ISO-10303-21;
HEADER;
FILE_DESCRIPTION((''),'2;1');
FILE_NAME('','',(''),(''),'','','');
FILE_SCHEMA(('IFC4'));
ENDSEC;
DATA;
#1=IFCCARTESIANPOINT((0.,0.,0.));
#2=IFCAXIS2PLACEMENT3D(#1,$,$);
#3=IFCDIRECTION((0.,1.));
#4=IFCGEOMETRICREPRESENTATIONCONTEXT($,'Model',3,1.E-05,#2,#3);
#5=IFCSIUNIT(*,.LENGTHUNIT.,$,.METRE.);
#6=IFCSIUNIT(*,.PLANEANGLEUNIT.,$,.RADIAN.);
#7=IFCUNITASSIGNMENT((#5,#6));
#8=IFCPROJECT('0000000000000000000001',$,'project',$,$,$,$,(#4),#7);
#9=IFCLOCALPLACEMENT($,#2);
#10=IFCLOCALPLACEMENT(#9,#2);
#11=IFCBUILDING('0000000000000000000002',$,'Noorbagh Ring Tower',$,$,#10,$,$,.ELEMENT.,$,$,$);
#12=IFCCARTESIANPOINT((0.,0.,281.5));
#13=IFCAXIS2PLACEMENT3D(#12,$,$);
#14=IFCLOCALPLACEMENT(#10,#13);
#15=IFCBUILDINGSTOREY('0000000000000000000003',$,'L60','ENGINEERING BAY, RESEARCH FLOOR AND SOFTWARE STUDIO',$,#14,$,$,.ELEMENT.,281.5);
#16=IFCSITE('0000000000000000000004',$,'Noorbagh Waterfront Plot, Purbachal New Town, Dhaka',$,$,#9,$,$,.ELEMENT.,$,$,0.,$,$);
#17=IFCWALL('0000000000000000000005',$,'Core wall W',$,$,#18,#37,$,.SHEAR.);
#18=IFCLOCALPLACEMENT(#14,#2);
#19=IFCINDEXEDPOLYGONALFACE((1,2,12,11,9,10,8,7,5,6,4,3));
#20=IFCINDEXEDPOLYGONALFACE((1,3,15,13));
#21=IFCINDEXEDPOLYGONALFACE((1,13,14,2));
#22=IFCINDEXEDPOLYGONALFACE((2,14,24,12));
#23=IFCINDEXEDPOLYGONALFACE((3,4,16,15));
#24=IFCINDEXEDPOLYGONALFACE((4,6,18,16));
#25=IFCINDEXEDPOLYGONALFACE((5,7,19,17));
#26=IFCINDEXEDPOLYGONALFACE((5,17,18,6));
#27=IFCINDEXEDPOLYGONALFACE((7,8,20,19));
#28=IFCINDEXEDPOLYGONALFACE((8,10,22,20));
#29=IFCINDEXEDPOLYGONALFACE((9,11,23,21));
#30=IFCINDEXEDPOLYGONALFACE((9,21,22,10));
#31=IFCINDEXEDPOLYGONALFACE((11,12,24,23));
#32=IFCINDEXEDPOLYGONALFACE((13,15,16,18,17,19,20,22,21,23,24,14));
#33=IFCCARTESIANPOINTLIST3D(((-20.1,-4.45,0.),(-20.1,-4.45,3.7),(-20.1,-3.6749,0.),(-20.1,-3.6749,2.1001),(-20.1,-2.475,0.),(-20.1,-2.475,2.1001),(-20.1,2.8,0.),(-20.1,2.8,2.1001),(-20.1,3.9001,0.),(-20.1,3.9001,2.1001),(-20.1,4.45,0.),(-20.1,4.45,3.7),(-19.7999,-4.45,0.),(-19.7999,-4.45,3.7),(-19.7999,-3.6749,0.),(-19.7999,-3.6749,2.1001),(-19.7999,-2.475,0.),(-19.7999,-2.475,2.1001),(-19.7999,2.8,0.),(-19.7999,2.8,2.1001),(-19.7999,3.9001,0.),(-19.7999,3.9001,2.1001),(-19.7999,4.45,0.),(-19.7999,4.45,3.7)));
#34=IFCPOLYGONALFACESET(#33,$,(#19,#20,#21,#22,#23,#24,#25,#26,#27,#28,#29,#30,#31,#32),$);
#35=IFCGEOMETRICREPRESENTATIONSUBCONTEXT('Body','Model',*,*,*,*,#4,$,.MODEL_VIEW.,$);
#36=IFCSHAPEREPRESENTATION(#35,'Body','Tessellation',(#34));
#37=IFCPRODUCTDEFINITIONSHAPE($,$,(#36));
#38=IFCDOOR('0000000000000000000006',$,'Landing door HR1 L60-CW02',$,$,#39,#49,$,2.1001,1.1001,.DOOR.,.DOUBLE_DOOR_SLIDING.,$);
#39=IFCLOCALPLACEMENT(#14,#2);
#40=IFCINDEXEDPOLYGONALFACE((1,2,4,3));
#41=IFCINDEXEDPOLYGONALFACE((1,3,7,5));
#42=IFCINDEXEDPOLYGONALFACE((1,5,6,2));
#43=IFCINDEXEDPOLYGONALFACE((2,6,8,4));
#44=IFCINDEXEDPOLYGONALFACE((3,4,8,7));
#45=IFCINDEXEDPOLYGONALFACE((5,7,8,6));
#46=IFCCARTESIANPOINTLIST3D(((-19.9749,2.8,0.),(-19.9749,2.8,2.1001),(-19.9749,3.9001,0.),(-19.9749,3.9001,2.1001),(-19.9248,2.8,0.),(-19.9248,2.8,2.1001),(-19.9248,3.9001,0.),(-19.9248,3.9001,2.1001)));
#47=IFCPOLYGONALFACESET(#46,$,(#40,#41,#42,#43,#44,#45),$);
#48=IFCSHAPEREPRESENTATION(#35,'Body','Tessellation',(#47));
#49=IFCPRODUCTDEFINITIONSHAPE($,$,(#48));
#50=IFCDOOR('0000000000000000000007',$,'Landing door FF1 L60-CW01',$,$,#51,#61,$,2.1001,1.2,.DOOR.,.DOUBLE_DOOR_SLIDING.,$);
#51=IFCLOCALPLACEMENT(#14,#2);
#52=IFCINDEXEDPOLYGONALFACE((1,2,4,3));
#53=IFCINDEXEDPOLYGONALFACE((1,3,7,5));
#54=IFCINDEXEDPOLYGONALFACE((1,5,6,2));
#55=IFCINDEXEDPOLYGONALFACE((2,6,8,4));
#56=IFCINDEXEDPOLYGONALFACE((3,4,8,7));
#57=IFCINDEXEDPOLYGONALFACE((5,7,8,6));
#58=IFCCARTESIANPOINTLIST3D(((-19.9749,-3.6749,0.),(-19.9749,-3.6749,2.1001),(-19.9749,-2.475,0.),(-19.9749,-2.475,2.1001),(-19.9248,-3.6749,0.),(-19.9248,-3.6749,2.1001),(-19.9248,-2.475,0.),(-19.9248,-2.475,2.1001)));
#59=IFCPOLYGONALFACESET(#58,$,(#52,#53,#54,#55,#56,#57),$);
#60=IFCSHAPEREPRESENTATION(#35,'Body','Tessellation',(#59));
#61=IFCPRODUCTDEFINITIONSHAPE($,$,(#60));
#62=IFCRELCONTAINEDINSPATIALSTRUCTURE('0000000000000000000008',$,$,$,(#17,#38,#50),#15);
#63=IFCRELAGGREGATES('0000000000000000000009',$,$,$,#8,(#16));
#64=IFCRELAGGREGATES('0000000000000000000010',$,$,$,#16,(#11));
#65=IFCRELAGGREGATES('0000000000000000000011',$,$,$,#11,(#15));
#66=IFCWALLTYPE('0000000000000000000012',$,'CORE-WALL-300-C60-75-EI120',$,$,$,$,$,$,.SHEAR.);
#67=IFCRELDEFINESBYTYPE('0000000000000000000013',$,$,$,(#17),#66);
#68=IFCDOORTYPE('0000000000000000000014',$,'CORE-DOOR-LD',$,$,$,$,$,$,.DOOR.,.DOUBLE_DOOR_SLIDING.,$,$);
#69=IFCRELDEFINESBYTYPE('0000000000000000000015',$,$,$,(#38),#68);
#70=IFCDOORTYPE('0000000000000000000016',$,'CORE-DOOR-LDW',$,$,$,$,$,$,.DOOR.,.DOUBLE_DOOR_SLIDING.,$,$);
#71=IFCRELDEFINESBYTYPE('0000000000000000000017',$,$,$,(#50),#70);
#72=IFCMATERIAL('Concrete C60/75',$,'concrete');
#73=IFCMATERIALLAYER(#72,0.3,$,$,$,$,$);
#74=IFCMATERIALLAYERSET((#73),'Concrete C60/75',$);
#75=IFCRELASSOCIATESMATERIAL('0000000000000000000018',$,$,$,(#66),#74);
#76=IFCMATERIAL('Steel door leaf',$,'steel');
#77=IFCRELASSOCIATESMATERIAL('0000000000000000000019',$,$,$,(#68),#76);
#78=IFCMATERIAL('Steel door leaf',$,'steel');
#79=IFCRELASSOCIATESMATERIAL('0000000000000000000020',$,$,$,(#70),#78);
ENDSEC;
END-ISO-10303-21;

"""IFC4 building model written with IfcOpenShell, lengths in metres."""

from ifc_helpers import new_model, si_unit, direction, frame, frame_2d, origin, place, context, subcontext, project, spatial, rectangle, extrude, material, layer, layer_set, type_object, element, fill, save


model = new_model("IFC4")

# Units and contexts
model_context = context("Model", 3, precision=1e-05, world=origin(), true_north=direction((0.0, 1.0)))
body_context = subcontext(model_context, "Body", "Model", "MODEL_VIEW")
ifc_project = project(units=[si_unit("LENGTHUNIT", "METRE"), si_unit("PLANEANGLEUNIT", "RADIAN")], contexts=[model_context])

# Site, building, storey
site_placement = place(None, origin())
site = spatial("IfcSite", under=ifc_project, at=site_placement, Name="Noorbagh Waterfront Plot, Purbachal New Town, Dhaka", CompositionType="ELEMENT", RefElevation=0.0)
building_placement = place(site_placement, origin())
building = spatial("IfcBuilding", under=site, at=building_placement, Name="Noorbagh Ring Tower", CompositionType="ELEMENT")
storey_placement = place(building_placement, frame((0.0, 0.0, 281.5)))
storey = spatial("IfcBuildingStorey", under=building, at=storey_placement, Name="L60", Description="ENGINEERING BAY, RESEARCH FLOOR AND SOFTWARE STUDIO", CompositionType="ELEMENT", Elevation=281.5)

# Shared definitions
ifc_material_1 = material(Name="Concrete C60/75", Category="concrete")
ifc_layer_1 = layer(ifc_material_1, 0.3)
ifc_layer_set_1 = layer_set([ifc_layer_1], Name="Concrete C60/75")
wall_type_1 = type_object("IfcWallType", Name="CORE-WALL-300-C60-75-EI120", PredefinedType="SHEAR", material=ifc_layer_set_1)

# Wall, openings, doors
wall_1_placement = place(storey_placement, frame((-19.95, -4.45, 0.0), z_axis=(0.0, 0.0, 1.0), x_axis=(0.0, 1.0, 0.0)))
wall_1 = element("IfcWall", 1, at=wall_1_placement, inside=storey, type_object=wall_type_1, Name="Core wall W", PredefinedType="SHEAR", context=body_context, shape_type="SweptSolid", body=[
    extrude(rectangle(XDim=8.8999, YDim=0.3, at=frame_2d((4.45, 0.0))), origin(), (0.0, 0.0, 1.0), 3.7),
])
opening_1_placement = place(wall_1_placement, frame((0.7749, 0.0, 0.0)))
opening_1 = element("IfcOpeningElement", 2, at=opening_1_placement, cuts=wall_1, PredefinedType="OPENING", context=body_context, shape_type="SweptSolid", body=[
    extrude(rectangle(XDim=1.2, YDim=2.1001, at=frame_2d((0.6001, 1.05))), frame((0.0, 0.1602, 0.0), z_axis=(0.0, -1.0, 0.0), x_axis=(1.0, 0.0, 0.0)), (0.0, 0.0, 1.0), 0.3201),
])
opening_2_placement = place(wall_1_placement, frame((7.25, 0.0, 0.0)))
opening_2 = element("IfcOpeningElement", 3, at=opening_2_placement, cuts=wall_1, PredefinedType="OPENING", context=body_context, shape_type="SweptSolid", body=[
    extrude(rectangle(XDim=1.1001, YDim=2.1001, at=frame_2d((0.55, 1.05))), frame((0.0, 0.1602, 0.0), z_axis=(0.0, -1.0, 0.0), x_axis=(1.0, 0.0, 0.0)), (0.0, 0.0, 1.0), 0.3201),
])
ifc_material_2 = material(Name="Steel door leaf", Category="steel")
door_type_1 = type_object("IfcDoorType", Name="CORE-DOOR-LD", OperationType="DOUBLE_DOOR_SLIDING", PredefinedType="DOOR", material=ifc_material_2)
door_1_placement = place(opening_2_placement, origin())
door_1 = element("IfcDoor", 4, at=door_1_placement, inside=storey, type_object=door_type_1, Name="Landing door HR1 L60-CW02", OperationType="DOUBLE_DOOR_SLIDING", OverallHeight=2.1001, OverallWidth=1.1001, PredefinedType="DOOR", context=body_context, shape_type="SweptSolid", body=[
    extrude(rectangle(XDim=1.1001, YDim=2.1001, at=frame_2d((0.55, 1.05))), frame((0.0, 0.0249, 0.0), z_axis=(0.0, -1.0, 0.0), x_axis=(1.0, 0.0, 0.0)), (0.0, 0.0, 1.0), 0.05),
])
fill(opening_2, door_1)
ifc_material_3 = material(Name="Steel door leaf", Category="steel")
door_type_2 = type_object("IfcDoorType", Name="CORE-DOOR-LDW", OperationType="DOUBLE_DOOR_SLIDING", PredefinedType="DOOR", material=ifc_material_3)
door_2_placement = place(opening_1_placement, origin())
door_2 = element("IfcDoor", 5, at=door_2_placement, inside=storey, type_object=door_type_2, Name="Landing door FF1 L60-CW01", OperationType="DOUBLE_DOOR_SLIDING", OverallHeight=2.1001, OverallWidth=1.2, PredefinedType="DOOR", context=body_context, shape_type="SweptSolid", body=[
    extrude(rectangle(XDim=1.2, YDim=2.1001, at=frame_2d((0.6001, 1.05))), frame((0.0, 0.0249, 0.0), z_axis=(0.0, -1.0, 0.0), x_axis=(1.0, 0.0, 0.0)), (0.0, 0.0, 1.0), 0.05),
])
fill(opening_1, door_2)

save(model, "model.ifc")
